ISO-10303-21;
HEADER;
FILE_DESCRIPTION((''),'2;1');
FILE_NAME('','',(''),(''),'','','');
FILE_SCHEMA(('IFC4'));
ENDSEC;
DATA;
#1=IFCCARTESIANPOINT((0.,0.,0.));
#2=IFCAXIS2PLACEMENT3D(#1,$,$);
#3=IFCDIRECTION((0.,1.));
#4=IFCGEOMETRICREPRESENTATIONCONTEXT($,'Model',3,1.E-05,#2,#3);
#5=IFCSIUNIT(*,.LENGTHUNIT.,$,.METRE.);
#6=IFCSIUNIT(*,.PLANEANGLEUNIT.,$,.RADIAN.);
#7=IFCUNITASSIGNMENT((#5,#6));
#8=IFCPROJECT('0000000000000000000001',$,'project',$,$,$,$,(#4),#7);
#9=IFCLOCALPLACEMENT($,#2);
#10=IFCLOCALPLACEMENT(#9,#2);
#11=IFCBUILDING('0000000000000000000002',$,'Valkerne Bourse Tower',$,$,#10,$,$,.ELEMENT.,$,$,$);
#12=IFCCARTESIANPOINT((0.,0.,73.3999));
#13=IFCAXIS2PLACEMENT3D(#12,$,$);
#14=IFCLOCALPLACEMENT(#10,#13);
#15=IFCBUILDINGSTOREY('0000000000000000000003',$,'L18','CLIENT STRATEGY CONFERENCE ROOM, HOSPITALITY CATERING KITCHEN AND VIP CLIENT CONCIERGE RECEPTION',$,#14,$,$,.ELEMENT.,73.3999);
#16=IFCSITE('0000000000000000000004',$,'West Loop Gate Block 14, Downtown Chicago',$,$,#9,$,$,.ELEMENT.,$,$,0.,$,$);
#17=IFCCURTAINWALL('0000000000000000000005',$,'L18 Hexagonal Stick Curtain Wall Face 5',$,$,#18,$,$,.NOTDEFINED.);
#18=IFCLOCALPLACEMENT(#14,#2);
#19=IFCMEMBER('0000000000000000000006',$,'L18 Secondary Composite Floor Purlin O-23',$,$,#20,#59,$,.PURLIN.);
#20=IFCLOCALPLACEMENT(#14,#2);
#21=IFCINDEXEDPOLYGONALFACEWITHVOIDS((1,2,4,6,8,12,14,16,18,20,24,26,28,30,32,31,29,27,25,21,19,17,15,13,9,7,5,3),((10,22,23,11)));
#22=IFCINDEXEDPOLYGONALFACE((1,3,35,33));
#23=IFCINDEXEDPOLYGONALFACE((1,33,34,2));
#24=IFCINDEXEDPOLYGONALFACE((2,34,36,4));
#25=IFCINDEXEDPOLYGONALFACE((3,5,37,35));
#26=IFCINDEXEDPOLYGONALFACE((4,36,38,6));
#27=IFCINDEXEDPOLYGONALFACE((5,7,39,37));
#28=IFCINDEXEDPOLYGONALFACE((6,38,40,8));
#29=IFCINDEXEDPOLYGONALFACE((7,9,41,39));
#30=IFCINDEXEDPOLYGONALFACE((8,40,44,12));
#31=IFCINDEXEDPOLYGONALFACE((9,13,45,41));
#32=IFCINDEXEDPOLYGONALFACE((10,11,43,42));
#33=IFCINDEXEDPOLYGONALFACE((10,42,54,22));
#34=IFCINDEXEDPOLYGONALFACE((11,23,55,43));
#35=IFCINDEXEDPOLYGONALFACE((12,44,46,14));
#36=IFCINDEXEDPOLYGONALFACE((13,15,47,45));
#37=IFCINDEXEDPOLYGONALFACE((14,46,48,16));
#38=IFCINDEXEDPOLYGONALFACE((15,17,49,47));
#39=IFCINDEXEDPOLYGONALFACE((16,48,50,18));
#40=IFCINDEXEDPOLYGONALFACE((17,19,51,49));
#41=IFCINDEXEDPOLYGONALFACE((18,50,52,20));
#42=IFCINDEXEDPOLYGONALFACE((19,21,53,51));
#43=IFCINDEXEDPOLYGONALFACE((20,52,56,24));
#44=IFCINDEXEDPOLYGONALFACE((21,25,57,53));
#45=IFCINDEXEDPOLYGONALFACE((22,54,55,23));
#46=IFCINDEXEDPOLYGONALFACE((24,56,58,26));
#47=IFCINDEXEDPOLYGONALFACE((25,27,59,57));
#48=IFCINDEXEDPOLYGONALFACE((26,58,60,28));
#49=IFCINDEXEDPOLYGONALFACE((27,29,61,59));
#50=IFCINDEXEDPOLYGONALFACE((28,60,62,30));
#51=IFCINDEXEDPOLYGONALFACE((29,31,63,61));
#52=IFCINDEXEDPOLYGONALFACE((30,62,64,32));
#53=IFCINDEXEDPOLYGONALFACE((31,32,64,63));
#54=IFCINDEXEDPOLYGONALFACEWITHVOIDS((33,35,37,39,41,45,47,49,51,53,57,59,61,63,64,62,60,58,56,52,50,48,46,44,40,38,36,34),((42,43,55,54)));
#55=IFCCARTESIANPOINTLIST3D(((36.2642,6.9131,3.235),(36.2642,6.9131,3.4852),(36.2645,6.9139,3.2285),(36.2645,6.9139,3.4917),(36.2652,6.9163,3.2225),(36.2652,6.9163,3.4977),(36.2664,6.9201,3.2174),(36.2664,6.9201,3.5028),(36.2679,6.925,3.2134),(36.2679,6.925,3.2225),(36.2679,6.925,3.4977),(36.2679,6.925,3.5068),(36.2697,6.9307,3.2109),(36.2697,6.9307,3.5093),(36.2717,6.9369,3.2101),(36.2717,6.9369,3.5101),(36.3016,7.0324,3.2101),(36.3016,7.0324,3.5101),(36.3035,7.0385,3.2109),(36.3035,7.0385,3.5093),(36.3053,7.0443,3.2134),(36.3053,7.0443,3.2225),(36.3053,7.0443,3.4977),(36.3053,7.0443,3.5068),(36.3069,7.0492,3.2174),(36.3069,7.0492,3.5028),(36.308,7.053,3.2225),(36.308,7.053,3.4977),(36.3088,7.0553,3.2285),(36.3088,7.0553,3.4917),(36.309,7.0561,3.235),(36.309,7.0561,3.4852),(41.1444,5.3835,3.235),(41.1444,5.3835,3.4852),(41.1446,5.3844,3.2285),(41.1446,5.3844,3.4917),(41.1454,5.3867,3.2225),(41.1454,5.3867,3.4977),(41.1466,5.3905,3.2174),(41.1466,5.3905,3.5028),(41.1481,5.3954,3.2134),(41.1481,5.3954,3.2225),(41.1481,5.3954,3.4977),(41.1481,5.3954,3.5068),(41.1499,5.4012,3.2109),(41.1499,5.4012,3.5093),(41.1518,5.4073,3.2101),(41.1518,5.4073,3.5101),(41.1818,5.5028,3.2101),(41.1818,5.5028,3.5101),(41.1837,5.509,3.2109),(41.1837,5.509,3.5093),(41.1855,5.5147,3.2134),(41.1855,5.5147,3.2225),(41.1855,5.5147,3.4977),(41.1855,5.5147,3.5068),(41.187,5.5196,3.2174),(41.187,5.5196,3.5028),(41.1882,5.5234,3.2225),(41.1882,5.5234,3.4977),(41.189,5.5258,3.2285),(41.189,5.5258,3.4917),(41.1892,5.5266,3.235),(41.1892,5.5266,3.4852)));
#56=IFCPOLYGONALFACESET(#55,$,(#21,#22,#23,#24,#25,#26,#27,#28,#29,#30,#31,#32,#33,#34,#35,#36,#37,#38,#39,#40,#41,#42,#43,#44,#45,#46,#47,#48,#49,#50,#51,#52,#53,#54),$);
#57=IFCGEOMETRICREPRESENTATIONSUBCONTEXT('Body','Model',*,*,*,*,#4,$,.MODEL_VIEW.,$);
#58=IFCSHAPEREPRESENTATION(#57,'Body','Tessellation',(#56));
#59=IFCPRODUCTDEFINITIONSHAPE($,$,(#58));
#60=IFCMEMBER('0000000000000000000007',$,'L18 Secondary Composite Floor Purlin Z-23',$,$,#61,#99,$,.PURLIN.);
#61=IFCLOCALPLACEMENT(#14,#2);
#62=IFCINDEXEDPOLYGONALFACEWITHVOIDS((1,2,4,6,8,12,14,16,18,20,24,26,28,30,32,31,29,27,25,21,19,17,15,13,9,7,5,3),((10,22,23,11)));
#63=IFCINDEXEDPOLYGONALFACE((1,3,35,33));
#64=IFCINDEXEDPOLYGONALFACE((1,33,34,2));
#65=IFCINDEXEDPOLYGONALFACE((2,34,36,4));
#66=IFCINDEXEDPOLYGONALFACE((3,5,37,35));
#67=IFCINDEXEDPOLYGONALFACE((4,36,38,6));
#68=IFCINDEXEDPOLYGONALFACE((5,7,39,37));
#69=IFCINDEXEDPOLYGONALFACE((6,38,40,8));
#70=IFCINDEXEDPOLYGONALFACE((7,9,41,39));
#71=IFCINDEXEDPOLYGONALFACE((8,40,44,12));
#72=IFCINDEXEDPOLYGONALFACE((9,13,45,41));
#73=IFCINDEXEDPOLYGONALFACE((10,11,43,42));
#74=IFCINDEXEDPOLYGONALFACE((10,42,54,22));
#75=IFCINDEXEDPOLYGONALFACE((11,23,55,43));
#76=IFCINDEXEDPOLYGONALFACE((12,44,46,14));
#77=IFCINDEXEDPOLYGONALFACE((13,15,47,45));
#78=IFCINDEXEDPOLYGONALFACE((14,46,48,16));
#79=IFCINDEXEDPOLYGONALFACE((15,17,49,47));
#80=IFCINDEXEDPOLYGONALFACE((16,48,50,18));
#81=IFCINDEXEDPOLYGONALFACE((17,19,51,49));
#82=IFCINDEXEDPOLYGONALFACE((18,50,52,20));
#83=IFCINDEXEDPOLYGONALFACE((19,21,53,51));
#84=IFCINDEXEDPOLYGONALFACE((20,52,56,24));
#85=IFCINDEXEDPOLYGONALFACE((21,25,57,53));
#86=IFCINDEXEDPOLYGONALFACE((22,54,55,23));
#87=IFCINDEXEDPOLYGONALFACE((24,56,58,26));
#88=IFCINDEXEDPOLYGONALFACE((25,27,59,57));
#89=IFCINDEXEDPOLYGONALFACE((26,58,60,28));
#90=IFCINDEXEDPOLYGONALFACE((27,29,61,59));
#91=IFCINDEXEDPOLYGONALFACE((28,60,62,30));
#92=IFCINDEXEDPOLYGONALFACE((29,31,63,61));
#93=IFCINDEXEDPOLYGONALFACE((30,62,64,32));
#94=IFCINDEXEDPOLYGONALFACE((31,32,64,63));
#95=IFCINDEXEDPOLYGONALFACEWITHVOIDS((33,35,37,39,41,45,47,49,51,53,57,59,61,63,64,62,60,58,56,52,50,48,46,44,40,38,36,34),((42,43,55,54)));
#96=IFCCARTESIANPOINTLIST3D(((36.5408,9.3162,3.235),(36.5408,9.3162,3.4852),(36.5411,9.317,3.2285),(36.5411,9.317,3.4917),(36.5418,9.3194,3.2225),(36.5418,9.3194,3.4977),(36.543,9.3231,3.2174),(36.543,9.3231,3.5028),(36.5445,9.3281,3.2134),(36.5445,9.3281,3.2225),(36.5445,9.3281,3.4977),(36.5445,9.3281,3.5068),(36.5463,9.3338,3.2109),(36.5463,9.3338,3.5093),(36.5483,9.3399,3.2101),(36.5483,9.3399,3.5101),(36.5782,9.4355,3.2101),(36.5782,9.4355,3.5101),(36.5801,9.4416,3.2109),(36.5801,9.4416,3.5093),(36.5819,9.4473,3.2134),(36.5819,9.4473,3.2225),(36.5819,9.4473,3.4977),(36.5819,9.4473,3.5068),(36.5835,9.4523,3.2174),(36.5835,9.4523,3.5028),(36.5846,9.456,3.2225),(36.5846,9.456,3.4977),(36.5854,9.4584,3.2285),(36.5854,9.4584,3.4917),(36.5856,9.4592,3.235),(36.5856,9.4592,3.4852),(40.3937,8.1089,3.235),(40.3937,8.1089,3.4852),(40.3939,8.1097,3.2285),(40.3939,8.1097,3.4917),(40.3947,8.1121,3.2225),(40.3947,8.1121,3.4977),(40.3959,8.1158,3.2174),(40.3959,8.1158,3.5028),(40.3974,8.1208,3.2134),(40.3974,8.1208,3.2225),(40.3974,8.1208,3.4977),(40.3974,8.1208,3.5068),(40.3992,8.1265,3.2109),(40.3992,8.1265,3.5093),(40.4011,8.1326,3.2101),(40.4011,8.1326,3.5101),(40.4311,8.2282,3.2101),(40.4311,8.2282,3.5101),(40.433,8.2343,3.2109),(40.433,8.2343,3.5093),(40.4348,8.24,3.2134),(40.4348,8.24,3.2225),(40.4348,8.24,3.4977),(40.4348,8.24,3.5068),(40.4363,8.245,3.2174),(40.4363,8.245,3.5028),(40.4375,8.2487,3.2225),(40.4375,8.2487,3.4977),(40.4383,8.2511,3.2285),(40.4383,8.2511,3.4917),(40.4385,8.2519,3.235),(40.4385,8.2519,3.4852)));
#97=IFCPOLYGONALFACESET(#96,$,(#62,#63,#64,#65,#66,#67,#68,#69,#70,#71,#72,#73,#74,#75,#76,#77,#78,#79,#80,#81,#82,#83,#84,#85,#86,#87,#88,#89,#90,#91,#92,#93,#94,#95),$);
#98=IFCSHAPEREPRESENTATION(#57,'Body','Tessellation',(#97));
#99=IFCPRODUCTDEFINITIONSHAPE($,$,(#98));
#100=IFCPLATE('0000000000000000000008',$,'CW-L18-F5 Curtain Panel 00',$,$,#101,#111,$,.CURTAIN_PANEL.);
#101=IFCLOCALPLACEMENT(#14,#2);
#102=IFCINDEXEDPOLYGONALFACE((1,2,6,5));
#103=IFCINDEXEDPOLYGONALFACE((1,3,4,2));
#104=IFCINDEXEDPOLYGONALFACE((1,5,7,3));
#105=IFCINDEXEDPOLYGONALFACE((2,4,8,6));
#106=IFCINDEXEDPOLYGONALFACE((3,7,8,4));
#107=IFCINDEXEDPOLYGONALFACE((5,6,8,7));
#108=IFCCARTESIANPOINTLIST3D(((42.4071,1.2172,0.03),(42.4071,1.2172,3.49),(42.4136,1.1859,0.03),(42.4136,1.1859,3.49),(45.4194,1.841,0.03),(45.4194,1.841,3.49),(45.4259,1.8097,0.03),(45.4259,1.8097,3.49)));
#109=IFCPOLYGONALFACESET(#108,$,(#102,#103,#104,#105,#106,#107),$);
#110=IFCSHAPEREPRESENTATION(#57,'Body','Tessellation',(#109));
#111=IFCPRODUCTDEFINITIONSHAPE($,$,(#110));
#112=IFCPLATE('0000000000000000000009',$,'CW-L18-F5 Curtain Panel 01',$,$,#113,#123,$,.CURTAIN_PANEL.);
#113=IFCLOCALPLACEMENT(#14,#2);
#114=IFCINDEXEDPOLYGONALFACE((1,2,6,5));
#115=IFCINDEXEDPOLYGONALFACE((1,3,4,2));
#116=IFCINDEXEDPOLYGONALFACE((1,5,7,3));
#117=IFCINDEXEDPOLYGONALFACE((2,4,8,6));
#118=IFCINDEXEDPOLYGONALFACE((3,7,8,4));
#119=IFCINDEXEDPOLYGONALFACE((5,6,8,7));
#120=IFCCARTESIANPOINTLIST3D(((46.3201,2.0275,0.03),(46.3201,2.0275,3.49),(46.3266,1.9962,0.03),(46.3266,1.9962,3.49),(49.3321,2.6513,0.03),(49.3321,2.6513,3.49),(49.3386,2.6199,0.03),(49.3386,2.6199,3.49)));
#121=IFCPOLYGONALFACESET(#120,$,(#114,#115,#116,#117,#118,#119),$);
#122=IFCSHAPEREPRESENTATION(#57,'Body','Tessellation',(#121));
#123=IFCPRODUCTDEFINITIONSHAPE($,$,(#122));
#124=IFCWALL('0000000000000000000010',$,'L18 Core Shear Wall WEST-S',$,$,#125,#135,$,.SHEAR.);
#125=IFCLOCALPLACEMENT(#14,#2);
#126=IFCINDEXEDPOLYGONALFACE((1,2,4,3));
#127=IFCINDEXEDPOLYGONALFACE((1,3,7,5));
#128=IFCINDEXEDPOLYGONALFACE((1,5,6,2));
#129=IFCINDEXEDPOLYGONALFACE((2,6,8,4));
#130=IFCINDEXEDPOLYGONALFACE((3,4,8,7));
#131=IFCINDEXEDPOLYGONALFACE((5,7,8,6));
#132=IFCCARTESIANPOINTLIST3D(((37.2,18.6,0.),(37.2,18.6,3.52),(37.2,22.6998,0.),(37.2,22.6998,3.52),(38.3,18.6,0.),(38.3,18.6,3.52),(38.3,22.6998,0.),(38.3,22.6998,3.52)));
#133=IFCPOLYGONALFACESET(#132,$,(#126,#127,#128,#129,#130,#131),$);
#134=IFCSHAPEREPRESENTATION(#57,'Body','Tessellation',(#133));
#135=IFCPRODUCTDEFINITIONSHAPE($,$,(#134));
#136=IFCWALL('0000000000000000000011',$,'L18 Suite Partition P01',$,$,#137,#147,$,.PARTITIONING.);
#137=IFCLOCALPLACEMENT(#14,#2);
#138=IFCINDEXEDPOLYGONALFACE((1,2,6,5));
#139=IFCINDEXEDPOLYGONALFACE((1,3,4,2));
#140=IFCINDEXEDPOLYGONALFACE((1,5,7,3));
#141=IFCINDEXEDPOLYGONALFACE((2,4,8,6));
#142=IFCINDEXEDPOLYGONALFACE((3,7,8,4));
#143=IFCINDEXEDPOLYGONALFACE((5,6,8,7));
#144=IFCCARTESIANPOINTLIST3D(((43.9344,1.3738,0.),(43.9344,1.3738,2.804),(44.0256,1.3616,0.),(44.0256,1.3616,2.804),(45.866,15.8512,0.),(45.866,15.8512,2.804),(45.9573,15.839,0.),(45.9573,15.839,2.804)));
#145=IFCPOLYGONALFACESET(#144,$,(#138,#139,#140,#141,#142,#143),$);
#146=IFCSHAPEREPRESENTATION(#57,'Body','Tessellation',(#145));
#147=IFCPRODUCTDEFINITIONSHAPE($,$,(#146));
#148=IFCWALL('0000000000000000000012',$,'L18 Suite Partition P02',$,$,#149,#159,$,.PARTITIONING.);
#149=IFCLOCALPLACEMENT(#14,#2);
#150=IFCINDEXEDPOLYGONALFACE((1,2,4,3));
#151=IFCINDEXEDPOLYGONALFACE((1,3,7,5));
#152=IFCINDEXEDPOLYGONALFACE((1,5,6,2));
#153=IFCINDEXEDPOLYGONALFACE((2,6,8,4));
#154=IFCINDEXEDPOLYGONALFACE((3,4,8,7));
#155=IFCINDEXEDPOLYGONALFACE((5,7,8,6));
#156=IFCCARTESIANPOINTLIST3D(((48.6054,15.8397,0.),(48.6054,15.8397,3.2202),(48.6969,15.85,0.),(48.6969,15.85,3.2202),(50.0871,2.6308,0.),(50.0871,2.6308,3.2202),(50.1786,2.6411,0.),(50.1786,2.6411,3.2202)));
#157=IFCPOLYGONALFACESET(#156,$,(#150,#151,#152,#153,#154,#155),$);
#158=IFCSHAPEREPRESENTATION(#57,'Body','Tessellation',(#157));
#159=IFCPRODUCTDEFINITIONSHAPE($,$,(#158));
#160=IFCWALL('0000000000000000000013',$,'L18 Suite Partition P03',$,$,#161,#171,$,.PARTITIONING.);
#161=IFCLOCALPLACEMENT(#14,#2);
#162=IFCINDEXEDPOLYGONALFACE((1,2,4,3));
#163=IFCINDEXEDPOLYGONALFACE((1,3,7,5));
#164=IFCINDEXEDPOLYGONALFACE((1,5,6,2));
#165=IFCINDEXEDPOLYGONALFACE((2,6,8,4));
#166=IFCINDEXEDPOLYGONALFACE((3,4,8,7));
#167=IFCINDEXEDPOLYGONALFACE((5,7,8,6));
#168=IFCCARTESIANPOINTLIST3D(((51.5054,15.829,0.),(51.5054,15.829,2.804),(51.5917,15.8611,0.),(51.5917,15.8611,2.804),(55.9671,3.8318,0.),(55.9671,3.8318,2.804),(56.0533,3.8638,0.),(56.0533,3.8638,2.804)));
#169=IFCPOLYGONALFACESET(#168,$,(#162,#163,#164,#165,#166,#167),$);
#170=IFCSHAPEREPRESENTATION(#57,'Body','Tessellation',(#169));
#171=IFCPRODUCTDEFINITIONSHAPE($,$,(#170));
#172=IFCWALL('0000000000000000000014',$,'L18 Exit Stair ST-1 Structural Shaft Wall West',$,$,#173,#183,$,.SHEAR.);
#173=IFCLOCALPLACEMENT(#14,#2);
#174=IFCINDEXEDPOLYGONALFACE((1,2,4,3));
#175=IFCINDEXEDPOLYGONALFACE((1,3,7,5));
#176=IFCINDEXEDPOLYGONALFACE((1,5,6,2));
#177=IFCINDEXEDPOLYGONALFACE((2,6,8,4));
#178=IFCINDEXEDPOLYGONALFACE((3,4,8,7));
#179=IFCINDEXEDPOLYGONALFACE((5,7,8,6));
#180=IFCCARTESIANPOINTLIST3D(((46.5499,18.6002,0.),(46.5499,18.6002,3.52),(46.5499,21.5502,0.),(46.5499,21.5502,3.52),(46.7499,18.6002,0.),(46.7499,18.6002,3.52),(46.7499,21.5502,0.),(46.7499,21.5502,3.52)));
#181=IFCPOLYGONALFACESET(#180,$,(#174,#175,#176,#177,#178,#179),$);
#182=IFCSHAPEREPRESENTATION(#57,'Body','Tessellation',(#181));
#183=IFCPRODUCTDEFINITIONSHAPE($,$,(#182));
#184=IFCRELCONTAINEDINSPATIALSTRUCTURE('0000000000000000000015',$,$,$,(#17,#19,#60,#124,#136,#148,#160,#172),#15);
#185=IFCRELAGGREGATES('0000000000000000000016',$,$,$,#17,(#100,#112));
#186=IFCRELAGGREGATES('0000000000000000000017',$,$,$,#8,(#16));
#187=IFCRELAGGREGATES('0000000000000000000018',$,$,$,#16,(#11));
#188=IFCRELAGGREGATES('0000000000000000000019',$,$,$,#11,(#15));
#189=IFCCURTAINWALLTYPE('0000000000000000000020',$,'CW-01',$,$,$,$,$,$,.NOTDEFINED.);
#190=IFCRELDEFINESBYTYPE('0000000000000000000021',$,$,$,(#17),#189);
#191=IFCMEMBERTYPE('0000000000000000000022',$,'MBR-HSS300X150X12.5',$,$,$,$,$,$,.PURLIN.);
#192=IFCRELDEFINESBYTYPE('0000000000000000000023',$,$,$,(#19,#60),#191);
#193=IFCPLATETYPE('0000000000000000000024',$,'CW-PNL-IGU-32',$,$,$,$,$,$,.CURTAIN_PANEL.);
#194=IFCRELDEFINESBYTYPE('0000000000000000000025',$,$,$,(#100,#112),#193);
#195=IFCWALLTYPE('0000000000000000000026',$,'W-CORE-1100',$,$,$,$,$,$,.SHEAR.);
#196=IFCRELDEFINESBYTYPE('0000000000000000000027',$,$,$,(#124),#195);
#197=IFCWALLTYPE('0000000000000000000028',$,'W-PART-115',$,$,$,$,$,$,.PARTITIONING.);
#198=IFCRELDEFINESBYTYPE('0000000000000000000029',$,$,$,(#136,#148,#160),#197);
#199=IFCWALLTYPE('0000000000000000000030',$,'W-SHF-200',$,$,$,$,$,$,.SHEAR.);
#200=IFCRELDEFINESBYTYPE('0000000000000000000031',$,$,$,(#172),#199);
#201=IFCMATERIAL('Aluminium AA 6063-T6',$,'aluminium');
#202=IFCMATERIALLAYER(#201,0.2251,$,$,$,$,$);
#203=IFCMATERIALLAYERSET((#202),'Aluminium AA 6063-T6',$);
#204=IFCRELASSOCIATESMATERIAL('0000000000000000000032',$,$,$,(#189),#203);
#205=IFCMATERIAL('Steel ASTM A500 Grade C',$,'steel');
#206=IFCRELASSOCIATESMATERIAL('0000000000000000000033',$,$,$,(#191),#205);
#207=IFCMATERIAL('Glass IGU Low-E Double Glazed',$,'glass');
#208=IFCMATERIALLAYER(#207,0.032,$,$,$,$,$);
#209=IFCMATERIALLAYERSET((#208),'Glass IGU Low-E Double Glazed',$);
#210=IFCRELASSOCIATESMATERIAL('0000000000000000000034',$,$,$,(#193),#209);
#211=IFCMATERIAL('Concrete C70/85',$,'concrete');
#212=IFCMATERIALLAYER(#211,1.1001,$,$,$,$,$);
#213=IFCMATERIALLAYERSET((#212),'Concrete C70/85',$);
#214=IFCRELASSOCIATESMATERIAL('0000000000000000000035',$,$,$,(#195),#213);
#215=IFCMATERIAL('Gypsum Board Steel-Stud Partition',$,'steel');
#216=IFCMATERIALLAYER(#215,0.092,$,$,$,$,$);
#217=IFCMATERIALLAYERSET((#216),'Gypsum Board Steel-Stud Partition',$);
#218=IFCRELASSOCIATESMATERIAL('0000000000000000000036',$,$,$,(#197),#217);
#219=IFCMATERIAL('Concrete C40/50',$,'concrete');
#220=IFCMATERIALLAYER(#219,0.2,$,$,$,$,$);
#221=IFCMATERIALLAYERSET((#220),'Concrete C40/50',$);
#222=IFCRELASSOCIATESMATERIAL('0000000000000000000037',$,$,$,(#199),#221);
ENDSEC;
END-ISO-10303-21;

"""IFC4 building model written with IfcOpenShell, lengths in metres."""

from ifc_helpers import new_model, si_unit, direction, frame, frame_2d, origin, origin_2d, place, context, subcontext, project, spatial, rectangle, hollow_rectangle, extrude, material, layer, layer_set, material_profile, profile_set, type_object, element, aggregate, save


model = new_model("IFC4")

# Units and contexts
model_context = context("Model", 3, precision=1e-05, world=origin(), true_north=direction((0.0, 1.0)))
body_context = subcontext(model_context, "Body", "Model", "MODEL_VIEW")
ifc_project = project(units=[si_unit("LENGTHUNIT", "METRE"), si_unit("PLANEANGLEUNIT", "RADIAN")], contexts=[model_context])

# Site, building, storey
site_placement = place(None, origin())
site = spatial("IfcSite", under=ifc_project, at=site_placement, Name="West Loop Gate Block 14, Downtown Chicago", CompositionType="ELEMENT", RefElevation=0.0)
building_placement = place(site_placement, origin())
building = spatial("IfcBuilding", under=site, at=building_placement, Name="Valkerne Bourse Tower", CompositionType="ELEMENT")
storey_placement = place(building_placement, frame((0.0, 0.0, 73.3999)))
storey = spatial("IfcBuildingStorey", under=building, at=storey_placement, Name="L18", Description="CLIENT STRATEGY CONFERENCE ROOM, HOSPITALITY CATERING KITCHEN AND VIP CLIENT CONCIERGE RECEPTION", CompositionType="ELEMENT", Elevation=73.3999)

# Curtain wall
ifc_material_1 = material(Name="Aluminium AA 6063-T6", Category="aluminium")
ifc_layer_1 = layer(ifc_material_1, 0.2251)
ifc_layer_set_1 = layer_set([ifc_layer_1], Name="Aluminium AA 6063-T6")
curtain_wall_type = type_object("IfcCurtainWallType", Name="CW-01", PredefinedType="NOTDEFINED", material=ifc_layer_set_1)
curtain_wall_placement = place(storey_placement, origin())
curtain_wall = element("IfcCurtainWall", 1, at=curtain_wall_placement, inside=storey, type_object=curtain_wall_type, Name="L18 Hexagonal Stick Curtain Wall Face 5", PredefinedType="NOTDEFINED")

# Members
ifc_material_2 = material(Name="Steel ASTM A500 Grade C", Category="steel")
ifc_material_profile_1 = material_profile(ifc_material_2, hollow_rectangle(XDim=0.1499, YDim=0.3, WallThickness=0.0125, OuterFilletRadius=0.0249, at=origin_2d()), Name="HSS300X150X12.5")
ifc_profile_set_1 = profile_set([ifc_material_profile_1], Name="Steel ASTM A500 Grade C")
member_type_1 = type_object("IfcMemberType", Name="MBR-HSS300X150X12.5", PredefinedType="PURLIN", material=ifc_profile_set_1)
member_1_placement = place(storey_placement, frame((36.2866, 6.9846, 3.3601), z_axis=(0.954229, -0.299077, 0.0), x_axis=(0.299077, 0.954229, 0.0)))
element("IfcMember", 2, at=member_1_placement, inside=storey, type_object=member_type_1, Name="L18 Secondary Composite Floor Purlin O-23", PredefinedType="PURLIN", context=body_context, shape_type="SweptSolid", body=[
    extrude(hollow_rectangle(XDim=0.1499, YDim=0.3, WallThickness=0.0125, OuterFilletRadius=0.0249, at=origin_2d()), origin(), (0.0, 0.0, 1.0), 5.1143),
])
member_2_placement = place(storey_placement, frame((36.5632, 9.3877, 3.3601), z_axis=(0.954248, -0.299015, 0.0), x_axis=(0.299015, 0.954248, 0.0)))
element("IfcMember", 3, at=member_2_placement, inside=storey, type_object=member_type_1, Name="L18 Secondary Composite Floor Purlin Z-23", PredefinedType="PURLIN", context=body_context, shape_type="SweptSolid", body=[
    extrude(hollow_rectangle(XDim=0.1499, YDim=0.3, WallThickness=0.0125, OuterFilletRadius=0.0249, at=origin_2d()), origin(), (0.0, 0.0, 1.0), 4.0376),
])

# Plates
ifc_material_3 = material(Name="Glass IGU Low-E Double Glazed", Category="glass")
ifc_layer_2 = layer(ifc_material_3, 0.032)
ifc_layer_set_2 = layer_set([ifc_layer_2], Name="Glass IGU Low-E Double Glazed")
plate_type = type_object("IfcPlateType", Name="CW-PNL-IGU-32", PredefinedType="CURTAIN_PANEL", material=ifc_layer_set_2)
plate_1_placement = place(storey_placement, frame((43.9165, 1.5134, 0.03), z_axis=(0.0, 0.0, 1.0), x_axis=(0.979225, 0.202777, 0.0)))
plate_1 = element("IfcPlate", 4, at=plate_1_placement, type_object=plate_type, Name="CW-L18-F5 Curtain Panel 00", PredefinedType="CURTAIN_PANEL", context=body_context, shape_type="SweptSolid", body=[
    extrude(rectangle(XDim=3.0762, YDim=0.032, at=origin_2d()), origin(), (0.0, 0.0, 1.0), 3.46),
])
plate_2_placement = place(storey_placement, frame((47.8293, 2.3237, 0.03), z_axis=(0.0, 0.0, 1.0), x_axis=(0.979224, 0.202782, 0.0)))
plate_2 = element("IfcPlate", 5, at=plate_2_placement, type_object=plate_type, Name="CW-L18-F5 Curtain Panel 01", PredefinedType="CURTAIN_PANEL", context=body_context, shape_type="SweptSolid", body=[
    extrude(rectangle(XDim=3.0759, YDim=0.032, at=origin_2d()), origin(), (0.0, 0.0, 1.0), 3.46),
])
aggregate(curtain_wall, [plate_1, plate_2])

# Shared definitions
ifc_material_4 = material(Name="Concrete C70/85", Category="concrete")
ifc_layer_3 = layer(ifc_material_4, 1.1001)
ifc_layer_set_3 = layer_set([ifc_layer_3], Name="Concrete C70/85")
wall_type_1 = type_object("IfcWallType", Name="W-CORE-1100", PredefinedType="SHEAR", material=ifc_layer_set_3)

# Walls
wall_1_placement = place(storey_placement, frame((37.75, 18.6001, 0.0), z_axis=(0.0, 0.0, 1.0), x_axis=(0.0, 1.0, 0.0)))
element("IfcWall", 6, at=wall_1_placement, inside=storey, type_object=wall_type_1, Name="L18 Core Shear Wall WEST-S", PredefinedType="SHEAR", context=body_context, shape_type="SweptSolid", body=[
    extrude(rectangle(XDim=4.0999, YDim=1.1001, at=frame_2d((2.0498, 0.0))), origin(), (0.0, 0.0, 1.0), 3.52),
])
ifc_material_5 = material(Name="Gypsum Board Steel-Stud Partition", Category="steel")
ifc_layer_4 = layer(ifc_material_5, 0.092)
ifc_layer_set_4 = layer_set([ifc_layer_4], Name="Gypsum Board Steel-Stud Partition")
wall_type_2 = type_object("IfcWallType", Name="W-PART-115", PredefinedType="PARTITIONING", material=ifc_layer_set_4)
wall_2_placement = place(storey_placement, frame((45.9116, 15.845, 0.0), z_axis=(0.0, 0.0, 1.0), x_axis=(-0.132251, -0.991216, 0.0)))
element("IfcWall", 7, at=wall_2_placement, inside=storey, type_object=wall_type_2, Name="L18 Suite Partition P01", PredefinedType="PARTITIONING", context=body_context, shape_type="SweptSolid", body=[
    extrude(rectangle(XDim=14.6057, YDim=0.092, at=frame_2d((7.3027, 0.0))), origin(), (0.0, 0.0, 1.0), 2.804),
])
wall_3_placement = place(storey_placement, frame((48.6511, 15.845, 0.0), z_axis=(0.0, 0.0, 1.0), x_axis=(0.111474, -0.993767, 0.0)))
element("IfcWall", 8, at=wall_3_placement, inside=storey, type_object=wall_type_2, Name="L18 Suite Partition P02", PredefinedType="PARTITIONING", context=body_context, shape_type="SweptSolid", body=[
    extrude(rectangle(XDim=13.2917, YDim=0.092, at=frame_2d((6.646, 0.0))), origin(), (0.0, 0.0, 1.0), 3.2202),
])
wall_4_placement = place(storey_placement, frame((51.5486, 15.845, 0.0), z_axis=(0.0, 0.0, 1.0), x_axis=(0.348566, -0.937284, 0.0)))
element("IfcWall", 9, at=wall_4_placement, inside=storey, type_object=wall_type_2, Name="L18 Suite Partition P03", PredefinedType="PARTITIONING", context=body_context, shape_type="SweptSolid", body=[
    extrude(rectangle(XDim=12.8, YDim=0.092, at=frame_2d((6.3999, 0.0))), origin(), (0.0, 0.0, 1.0), 2.804),
])
ifc_material_6 = material(Name="Concrete C40/50", Category="concrete")
ifc_layer_5 = layer(ifc_material_6, 0.2)
ifc_layer_set_5 = layer_set([ifc_layer_5], Name="Concrete C40/50")
wall_type_3 = type_object("IfcWallType", Name="W-SHF-200", PredefinedType="SHEAR", material=ifc_layer_set_5)
wall_5_placement = place(storey_placement, frame((46.6499, 18.6001, 0.0), z_axis=(0.0, 0.0, 1.0), x_axis=(0.0, 1.0, 0.0)))
element("IfcWall", 10, at=wall_5_placement, inside=storey, type_object=wall_type_3, Name="L18 Exit Stair ST-1 Structural Shaft Wall West", PredefinedType="SHEAR", context=body_context, shape_type="SweptSolid", body=[
    extrude(rectangle(XDim=2.95, YDim=0.2, at=frame_2d((1.4751, 0.0))), origin(), (0.0, 0.0, 1.0), 3.52),
])

save(model, "model.ifc")
